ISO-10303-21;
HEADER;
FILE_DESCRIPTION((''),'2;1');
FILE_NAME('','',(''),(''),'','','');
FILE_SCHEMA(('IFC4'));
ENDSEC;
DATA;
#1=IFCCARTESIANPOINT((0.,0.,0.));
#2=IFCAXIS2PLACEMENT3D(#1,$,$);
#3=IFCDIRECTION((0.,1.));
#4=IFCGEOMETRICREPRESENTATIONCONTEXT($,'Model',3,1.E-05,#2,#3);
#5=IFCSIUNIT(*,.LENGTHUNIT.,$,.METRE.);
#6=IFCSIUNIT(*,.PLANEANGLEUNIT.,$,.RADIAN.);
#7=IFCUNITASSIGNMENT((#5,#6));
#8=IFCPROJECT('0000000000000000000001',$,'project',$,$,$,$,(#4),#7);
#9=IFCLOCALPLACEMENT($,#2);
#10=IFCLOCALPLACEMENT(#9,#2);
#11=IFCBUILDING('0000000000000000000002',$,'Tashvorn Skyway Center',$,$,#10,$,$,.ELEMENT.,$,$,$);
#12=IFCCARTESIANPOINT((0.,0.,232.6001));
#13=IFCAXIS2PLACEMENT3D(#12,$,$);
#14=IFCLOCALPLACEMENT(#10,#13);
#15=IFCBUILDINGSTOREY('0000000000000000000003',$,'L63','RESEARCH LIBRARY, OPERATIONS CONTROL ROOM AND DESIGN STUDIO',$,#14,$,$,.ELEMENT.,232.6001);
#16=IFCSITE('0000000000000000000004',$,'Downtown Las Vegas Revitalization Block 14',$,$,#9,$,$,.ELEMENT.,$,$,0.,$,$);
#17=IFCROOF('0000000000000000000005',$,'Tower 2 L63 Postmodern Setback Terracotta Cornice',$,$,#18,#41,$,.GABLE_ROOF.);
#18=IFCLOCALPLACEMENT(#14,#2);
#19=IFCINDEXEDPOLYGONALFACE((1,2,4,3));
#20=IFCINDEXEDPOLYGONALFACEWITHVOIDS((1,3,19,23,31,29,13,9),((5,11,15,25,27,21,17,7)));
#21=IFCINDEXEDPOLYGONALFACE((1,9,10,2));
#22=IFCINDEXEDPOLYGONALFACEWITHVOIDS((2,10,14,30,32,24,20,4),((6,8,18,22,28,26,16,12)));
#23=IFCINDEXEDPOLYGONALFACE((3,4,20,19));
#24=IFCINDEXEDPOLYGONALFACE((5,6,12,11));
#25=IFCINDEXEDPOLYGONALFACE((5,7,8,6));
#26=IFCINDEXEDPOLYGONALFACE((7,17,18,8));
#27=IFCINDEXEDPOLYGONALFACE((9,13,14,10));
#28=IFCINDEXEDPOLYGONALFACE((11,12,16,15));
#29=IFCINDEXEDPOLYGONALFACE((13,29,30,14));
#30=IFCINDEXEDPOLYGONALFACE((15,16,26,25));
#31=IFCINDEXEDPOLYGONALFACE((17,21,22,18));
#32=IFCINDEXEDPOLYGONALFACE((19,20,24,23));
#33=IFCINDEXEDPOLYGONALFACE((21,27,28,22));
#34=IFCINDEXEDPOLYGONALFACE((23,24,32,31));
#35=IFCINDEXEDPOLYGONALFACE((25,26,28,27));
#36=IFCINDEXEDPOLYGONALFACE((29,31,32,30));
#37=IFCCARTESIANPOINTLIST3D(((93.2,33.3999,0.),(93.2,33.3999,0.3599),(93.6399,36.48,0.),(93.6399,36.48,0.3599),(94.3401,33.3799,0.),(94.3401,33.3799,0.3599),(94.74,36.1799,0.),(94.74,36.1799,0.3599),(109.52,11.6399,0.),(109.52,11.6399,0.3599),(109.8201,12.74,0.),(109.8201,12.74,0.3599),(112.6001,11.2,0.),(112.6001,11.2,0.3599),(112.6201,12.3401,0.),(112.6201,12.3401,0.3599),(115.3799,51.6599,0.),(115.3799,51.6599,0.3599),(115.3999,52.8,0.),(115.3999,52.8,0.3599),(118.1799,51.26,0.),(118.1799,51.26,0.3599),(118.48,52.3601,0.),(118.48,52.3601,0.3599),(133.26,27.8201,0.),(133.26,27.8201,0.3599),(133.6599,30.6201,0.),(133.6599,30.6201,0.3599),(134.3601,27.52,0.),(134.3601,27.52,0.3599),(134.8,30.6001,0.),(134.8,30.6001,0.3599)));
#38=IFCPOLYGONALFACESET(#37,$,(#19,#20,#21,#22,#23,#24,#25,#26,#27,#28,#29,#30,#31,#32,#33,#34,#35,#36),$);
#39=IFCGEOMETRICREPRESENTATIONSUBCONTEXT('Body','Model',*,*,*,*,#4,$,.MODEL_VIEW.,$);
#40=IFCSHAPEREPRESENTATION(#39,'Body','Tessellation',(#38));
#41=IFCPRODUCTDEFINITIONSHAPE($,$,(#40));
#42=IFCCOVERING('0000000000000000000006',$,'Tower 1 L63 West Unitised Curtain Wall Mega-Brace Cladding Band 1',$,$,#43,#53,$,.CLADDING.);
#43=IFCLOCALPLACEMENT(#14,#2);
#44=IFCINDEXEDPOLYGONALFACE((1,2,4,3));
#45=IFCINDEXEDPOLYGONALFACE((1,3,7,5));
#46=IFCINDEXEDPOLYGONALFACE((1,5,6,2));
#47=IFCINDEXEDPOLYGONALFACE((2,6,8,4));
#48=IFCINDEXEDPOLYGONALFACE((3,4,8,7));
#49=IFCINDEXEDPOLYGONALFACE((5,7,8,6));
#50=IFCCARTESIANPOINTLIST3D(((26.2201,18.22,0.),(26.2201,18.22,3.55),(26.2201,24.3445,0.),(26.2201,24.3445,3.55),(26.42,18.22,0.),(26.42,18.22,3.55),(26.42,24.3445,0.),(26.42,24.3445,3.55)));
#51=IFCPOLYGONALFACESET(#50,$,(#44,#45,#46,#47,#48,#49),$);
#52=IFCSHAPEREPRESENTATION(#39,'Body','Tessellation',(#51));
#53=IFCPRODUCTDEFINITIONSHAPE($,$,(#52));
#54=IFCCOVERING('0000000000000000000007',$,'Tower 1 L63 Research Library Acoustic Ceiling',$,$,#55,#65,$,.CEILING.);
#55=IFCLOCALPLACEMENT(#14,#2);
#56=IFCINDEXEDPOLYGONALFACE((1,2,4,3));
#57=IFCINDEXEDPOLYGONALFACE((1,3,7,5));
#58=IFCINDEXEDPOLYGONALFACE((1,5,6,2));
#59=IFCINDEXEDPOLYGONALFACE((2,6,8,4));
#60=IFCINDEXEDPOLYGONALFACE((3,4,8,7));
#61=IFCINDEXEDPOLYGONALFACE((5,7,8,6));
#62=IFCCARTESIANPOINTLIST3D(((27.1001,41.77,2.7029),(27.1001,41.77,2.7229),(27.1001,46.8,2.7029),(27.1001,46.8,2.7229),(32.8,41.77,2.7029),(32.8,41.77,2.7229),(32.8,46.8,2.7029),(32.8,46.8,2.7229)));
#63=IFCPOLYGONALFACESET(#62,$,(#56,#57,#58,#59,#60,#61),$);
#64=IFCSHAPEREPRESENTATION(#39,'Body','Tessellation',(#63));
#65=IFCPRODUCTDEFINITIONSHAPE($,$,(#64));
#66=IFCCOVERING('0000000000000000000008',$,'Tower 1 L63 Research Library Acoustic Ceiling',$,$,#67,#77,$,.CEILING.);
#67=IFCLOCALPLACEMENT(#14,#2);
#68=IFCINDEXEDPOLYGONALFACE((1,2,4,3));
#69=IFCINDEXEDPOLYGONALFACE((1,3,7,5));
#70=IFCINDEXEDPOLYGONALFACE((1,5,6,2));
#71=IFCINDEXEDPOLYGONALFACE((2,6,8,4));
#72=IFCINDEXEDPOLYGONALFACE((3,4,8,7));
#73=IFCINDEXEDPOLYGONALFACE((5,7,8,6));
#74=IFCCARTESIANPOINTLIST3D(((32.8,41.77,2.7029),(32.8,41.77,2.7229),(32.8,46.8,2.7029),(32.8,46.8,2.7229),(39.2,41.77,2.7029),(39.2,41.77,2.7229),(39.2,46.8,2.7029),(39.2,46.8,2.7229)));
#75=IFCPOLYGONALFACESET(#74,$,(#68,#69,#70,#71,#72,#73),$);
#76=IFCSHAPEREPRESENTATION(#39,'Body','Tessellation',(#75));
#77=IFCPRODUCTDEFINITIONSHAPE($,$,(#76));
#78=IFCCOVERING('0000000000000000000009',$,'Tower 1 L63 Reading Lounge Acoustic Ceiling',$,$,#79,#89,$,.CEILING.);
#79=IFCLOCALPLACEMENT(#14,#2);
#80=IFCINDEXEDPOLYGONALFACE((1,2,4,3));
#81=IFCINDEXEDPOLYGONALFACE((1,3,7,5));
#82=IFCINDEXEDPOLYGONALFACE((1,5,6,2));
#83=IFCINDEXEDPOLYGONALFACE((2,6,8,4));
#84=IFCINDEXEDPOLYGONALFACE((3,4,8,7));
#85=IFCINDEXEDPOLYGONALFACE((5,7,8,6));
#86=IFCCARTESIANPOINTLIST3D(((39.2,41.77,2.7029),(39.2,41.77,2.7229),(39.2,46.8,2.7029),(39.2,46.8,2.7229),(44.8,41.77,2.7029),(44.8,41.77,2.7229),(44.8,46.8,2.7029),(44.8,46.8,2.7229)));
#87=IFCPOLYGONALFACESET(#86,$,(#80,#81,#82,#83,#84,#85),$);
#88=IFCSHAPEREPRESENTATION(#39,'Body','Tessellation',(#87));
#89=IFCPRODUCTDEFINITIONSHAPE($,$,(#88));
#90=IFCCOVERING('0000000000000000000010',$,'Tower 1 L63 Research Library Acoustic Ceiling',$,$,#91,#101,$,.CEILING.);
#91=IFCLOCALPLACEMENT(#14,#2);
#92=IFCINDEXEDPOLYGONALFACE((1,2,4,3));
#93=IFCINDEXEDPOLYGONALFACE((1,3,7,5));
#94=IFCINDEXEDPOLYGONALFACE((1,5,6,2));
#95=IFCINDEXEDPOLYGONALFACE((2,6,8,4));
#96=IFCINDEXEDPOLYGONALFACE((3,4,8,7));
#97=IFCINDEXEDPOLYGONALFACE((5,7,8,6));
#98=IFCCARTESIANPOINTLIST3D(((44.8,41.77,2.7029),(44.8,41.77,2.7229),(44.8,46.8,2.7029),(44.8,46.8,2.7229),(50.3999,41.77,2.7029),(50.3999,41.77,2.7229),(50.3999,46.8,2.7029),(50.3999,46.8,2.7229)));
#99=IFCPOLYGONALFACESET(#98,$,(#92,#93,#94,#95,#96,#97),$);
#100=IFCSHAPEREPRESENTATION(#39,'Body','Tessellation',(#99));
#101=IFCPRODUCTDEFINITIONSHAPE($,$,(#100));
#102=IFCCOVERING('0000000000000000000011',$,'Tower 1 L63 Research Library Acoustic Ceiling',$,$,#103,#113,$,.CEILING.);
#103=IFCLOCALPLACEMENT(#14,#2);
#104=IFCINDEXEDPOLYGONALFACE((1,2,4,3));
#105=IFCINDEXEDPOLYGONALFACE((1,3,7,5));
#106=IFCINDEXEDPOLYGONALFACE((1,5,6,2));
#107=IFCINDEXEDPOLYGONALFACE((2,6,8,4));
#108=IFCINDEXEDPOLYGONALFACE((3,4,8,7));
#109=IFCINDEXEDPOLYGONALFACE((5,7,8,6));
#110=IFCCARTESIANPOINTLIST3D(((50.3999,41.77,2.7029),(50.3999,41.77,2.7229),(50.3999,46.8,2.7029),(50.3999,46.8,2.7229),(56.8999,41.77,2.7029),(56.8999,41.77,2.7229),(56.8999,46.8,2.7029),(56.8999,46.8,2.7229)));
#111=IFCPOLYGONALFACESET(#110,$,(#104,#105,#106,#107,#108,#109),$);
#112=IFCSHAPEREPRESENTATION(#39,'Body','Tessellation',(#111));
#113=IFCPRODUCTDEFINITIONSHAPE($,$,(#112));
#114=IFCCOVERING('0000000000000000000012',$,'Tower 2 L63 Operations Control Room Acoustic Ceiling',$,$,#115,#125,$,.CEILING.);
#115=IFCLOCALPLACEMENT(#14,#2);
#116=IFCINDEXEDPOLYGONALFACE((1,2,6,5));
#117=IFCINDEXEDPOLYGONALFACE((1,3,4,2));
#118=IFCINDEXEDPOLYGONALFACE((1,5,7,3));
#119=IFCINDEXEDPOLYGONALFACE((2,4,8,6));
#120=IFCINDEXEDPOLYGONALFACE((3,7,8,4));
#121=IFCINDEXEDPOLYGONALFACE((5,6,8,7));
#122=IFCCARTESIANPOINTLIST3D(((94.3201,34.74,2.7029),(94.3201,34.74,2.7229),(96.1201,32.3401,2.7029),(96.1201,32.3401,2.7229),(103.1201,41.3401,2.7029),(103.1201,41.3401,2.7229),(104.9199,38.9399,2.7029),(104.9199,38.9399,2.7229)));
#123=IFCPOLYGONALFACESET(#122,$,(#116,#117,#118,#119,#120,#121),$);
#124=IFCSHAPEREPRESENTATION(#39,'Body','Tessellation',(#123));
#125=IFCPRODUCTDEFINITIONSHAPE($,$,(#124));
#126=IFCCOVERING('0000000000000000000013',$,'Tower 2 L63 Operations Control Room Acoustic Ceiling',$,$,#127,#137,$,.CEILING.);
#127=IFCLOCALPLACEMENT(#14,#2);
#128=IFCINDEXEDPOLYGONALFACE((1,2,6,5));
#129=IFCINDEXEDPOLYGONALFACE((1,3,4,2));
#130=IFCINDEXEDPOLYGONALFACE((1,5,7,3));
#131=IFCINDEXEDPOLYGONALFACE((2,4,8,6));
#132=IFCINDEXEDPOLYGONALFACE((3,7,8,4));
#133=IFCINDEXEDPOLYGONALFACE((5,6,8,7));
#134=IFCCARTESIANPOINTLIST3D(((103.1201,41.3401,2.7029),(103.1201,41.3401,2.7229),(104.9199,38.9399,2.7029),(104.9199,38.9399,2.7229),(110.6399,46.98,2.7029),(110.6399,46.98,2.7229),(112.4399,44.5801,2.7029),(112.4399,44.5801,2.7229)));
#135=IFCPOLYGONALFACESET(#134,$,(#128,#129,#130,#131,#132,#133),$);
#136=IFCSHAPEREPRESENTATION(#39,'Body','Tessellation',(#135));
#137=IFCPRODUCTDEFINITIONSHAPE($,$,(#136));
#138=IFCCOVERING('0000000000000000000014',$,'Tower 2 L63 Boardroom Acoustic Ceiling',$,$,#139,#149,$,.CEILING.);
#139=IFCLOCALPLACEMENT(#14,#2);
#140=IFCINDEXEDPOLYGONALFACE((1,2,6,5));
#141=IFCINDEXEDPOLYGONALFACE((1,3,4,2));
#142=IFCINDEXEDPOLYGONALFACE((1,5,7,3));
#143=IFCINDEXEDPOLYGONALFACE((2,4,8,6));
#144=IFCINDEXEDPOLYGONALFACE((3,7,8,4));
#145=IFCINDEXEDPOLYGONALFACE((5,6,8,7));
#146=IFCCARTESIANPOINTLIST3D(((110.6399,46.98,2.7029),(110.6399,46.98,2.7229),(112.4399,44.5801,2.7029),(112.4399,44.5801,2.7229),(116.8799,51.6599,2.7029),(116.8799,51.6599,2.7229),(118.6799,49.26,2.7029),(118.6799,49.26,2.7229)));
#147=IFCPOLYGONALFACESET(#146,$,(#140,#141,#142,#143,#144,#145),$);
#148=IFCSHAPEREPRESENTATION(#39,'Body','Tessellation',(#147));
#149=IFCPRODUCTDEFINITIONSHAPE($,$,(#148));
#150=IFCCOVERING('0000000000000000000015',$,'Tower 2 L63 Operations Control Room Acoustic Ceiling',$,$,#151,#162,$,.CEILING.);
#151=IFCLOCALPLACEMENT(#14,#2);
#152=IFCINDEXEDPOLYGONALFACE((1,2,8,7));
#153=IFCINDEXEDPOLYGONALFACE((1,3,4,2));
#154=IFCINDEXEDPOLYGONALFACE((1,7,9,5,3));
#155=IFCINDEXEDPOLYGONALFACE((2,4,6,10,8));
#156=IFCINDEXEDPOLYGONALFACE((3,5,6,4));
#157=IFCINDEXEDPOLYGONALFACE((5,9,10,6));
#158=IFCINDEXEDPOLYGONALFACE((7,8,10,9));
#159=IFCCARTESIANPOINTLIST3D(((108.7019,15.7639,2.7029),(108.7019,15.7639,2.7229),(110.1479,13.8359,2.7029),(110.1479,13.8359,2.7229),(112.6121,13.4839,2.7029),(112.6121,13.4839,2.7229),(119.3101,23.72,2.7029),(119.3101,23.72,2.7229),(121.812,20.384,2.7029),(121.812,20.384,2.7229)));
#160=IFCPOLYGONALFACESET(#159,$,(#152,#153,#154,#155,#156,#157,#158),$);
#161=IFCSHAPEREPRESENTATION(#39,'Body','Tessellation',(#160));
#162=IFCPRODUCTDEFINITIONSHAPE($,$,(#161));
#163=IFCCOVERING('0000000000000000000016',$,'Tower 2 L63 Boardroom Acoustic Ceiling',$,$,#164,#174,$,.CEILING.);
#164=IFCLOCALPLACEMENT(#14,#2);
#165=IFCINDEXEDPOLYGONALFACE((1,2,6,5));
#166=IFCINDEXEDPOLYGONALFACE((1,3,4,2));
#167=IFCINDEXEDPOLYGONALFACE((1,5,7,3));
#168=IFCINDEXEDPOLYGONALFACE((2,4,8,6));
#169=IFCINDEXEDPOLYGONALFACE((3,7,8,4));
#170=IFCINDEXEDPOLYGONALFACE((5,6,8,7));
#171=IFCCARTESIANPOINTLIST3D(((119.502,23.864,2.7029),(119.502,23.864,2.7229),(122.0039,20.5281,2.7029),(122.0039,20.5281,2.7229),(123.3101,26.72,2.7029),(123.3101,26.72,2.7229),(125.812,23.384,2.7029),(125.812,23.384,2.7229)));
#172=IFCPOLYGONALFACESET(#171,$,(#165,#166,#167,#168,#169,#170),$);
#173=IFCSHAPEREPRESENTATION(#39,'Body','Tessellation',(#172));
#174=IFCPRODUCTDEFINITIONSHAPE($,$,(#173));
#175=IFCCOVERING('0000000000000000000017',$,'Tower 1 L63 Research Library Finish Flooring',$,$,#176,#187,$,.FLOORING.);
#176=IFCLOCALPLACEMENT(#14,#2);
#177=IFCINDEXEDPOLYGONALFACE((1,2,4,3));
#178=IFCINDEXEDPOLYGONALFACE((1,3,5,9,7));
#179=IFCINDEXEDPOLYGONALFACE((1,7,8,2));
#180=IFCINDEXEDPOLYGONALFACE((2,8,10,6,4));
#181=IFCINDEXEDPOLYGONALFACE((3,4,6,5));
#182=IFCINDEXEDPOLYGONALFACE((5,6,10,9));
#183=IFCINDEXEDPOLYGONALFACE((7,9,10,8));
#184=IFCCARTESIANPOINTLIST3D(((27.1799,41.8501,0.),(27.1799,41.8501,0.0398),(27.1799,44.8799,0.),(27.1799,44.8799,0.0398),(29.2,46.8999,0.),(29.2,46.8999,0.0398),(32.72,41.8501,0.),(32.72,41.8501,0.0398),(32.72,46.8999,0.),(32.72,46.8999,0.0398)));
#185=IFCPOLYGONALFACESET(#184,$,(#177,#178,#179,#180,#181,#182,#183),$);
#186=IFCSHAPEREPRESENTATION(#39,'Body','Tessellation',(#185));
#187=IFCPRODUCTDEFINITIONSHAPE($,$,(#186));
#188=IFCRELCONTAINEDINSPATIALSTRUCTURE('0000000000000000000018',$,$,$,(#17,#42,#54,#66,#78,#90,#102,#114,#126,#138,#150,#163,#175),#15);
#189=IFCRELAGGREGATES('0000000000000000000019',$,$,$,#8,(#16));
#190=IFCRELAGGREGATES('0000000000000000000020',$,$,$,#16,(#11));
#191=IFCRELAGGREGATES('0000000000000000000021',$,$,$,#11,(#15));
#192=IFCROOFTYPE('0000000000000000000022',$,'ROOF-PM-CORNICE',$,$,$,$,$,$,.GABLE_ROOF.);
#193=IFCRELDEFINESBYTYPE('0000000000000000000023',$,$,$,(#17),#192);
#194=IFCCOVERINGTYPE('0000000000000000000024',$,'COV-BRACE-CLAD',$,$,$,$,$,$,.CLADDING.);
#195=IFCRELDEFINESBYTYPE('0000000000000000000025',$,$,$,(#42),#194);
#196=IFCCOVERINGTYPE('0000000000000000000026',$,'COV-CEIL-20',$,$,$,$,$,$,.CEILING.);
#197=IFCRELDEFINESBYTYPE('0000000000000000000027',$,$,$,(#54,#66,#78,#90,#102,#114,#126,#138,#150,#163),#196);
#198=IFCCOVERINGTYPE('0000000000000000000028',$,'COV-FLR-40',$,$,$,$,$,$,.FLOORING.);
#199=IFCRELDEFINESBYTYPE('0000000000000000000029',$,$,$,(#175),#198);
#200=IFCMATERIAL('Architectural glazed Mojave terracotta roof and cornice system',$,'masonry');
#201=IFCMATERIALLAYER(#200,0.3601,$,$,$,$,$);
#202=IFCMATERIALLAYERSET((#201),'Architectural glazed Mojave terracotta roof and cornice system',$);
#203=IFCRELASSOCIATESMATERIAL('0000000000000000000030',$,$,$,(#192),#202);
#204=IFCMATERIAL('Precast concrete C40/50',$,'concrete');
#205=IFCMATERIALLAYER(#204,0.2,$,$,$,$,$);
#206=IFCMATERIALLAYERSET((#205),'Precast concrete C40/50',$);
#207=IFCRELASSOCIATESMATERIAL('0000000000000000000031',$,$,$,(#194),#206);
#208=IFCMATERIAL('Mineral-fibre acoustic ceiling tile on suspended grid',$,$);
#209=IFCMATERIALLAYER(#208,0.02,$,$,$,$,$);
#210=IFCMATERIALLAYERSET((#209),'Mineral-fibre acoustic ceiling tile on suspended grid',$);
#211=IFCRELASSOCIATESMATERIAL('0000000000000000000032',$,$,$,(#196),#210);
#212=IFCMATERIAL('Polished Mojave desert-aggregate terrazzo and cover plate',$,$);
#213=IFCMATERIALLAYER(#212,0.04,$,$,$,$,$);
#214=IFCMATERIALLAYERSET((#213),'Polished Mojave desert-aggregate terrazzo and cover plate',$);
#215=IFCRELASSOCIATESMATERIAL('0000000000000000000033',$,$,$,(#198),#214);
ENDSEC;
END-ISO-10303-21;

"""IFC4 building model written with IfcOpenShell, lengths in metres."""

from ifc_helpers import new_model, si_unit, direction, frame, origin, origin_2d, place, context, subcontext, project, spatial, polyline, rectangle, outline, extrude, material, layer, layer_set, type_object, element, save


model = new_model("IFC4")

# Units and contexts
model_context = context("Model", 3, precision=1e-05, world=origin(), true_north=direction((0.0, 1.0)))
body_context = subcontext(model_context, "Body", "Model", "MODEL_VIEW")
ifc_project = project(units=[si_unit("LENGTHUNIT", "METRE"), si_unit("PLANEANGLEUNIT", "RADIAN")], contexts=[model_context])

# Site, building, storey
site_placement = place(None, origin())
site = spatial("IfcSite", under=ifc_project, at=site_placement, Name="Downtown Las Vegas Revitalization Block 14", CompositionType="ELEMENT", RefElevation=0.0)
building_placement = place(site_placement, origin())
building = spatial("IfcBuilding", under=site, at=building_placement, Name="Tashvorn Skyway Center", CompositionType="ELEMENT")
storey_placement = place(building_placement, frame((0.0, 0.0, 232.6001)))
storey = spatial("IfcBuildingStorey", under=building, at=storey_placement, Name="L63", Description="RESEARCH LIBRARY, OPERATIONS CONTROL ROOM AND DESIGN STUDIO", CompositionType="ELEMENT", Elevation=232.6001)

# Roof
ifc_material_1 = material(Name="Architectural glazed Mojave terracotta roof and cornice system", Category="masonry")
ifc_layer_1 = layer(ifc_material_1, 0.3601)
ifc_layer_set_1 = layer_set([ifc_layer_1], Name="Architectural glazed Mojave terracotta roof and cornice system")
roof_type = type_object("IfcRoofType", Name="ROOF-PM-CORNICE", PredefinedType="GABLE_ROOF", material=ifc_layer_set_1)
roof_1_placement = place(storey_placement, origin())
element("IfcRoof", 1, at=roof_1_placement, inside=storey, type_object=roof_type, Name="Tower 2 L63 Postmodern Setback Terracotta Cornice", PredefinedType="GABLE_ROOF", context=body_context, shape_type="SweptSolid", body=[
    extrude(outline(polyline([(112.6001, 11.2), (134.3601, 27.52), (134.8, 30.6001), (118.48, 52.3601), (115.3999, 52.8), (93.6399, 36.48), (93.2, 33.3999), (109.52, 11.6399), (112.6001, 11.2)]), holes=[polyline([(112.6201, 12.3401), (133.26, 27.8201), (133.6599, 30.6201), (118.1799, 51.26), (115.3799, 51.6599), (94.74, 36.1799), (94.3401, 33.3799), (109.8201, 12.74), (112.6201, 12.3401)])]), origin(), (0.0, 0.0, 1.0), 0.3599),
])

# Coverings
ifc_material_2 = material(Name="Precast concrete C40/50", Category="concrete")
ifc_layer_2 = layer(ifc_material_2, 0.2)
ifc_layer_set_2 = layer_set([ifc_layer_2], Name="Precast concrete C40/50")
covering_type_1 = type_object("IfcCoveringType", Name="COV-BRACE-CLAD", PredefinedType="CLADDING", material=ifc_layer_set_2)
covering_1_placement = place(storey_placement, frame((26.3201, 21.2822, 0.0), z_axis=(0.0, 0.0, 1.0), x_axis=(0.0, 1.0, 0.0)))
element("IfcCovering", 2, at=covering_1_placement, inside=storey, type_object=covering_type_1, Name="Tower 1 L63 West Unitised Curtain Wall Mega-Brace Cladding Band 1", PredefinedType="CLADDING", context=body_context, shape_type="SweptSolid", body=[
    extrude(rectangle(XDim=6.1245, YDim=0.2, at=origin_2d()), origin(), (0.0, 0.0, 1.0), 3.55),
])
ifc_material_3 = material(Name="Mineral-fibre acoustic ceiling tile on suspended grid")
ifc_layer_3 = layer(ifc_material_3, 0.02)
ifc_layer_set_3 = layer_set([ifc_layer_3], Name="Mineral-fibre acoustic ceiling tile on suspended grid")
covering_type_2 = type_object("IfcCoveringType", Name="COV-CEIL-20", PredefinedType="CEILING", material=ifc_layer_set_3)
covering_2_placement = place(storey_placement, frame((0.0, 0.0, 2.7029)))
element("IfcCovering", 3, at=covering_2_placement, inside=storey, type_object=covering_type_2, Name="Tower 1 L63 Research Library Acoustic Ceiling", PredefinedType="CEILING", context=body_context, shape_type="SweptSolid", body=[
    extrude(outline(polyline([(27.1001, 41.77), (32.8, 41.77), (32.8, 46.8), (27.1001, 46.8), (27.1001, 41.77)])), origin(), (0.0, 0.0, 1.0), 0.02),
])
covering_3_placement = place(storey_placement, frame((0.0, 0.0, 2.7029)))
element("IfcCovering", 4, at=covering_3_placement, inside=storey, type_object=covering_type_2, Name="Tower 1 L63 Research Library Acoustic Ceiling", PredefinedType="CEILING", context=body_context, shape_type="SweptSolid", body=[
    extrude(outline(polyline([(32.8, 41.77), (39.2, 41.77), (39.2, 46.8), (32.8, 46.8), (32.8, 41.77)])), origin(), (0.0, 0.0, 1.0), 0.02),
])
covering_4_placement = place(storey_placement, frame((0.0, 0.0, 2.7029)))
element("IfcCovering", 5, at=covering_4_placement, inside=storey, type_object=covering_type_2, Name="Tower 1 L63 Reading Lounge Acoustic Ceiling", PredefinedType="CEILING", context=body_context, shape_type="SweptSolid", body=[
    extrude(outline(polyline([(39.2, 41.77), (44.8, 41.77), (44.8, 46.8), (39.2, 46.8), (39.2, 41.77)])), origin(), (0.0, 0.0, 1.0), 0.02),
])
covering_5_placement = place(storey_placement, frame((0.0, 0.0, 2.7029)))
element("IfcCovering", 6, at=covering_5_placement, inside=storey, type_object=covering_type_2, Name="Tower 1 L63 Research Library Acoustic Ceiling", PredefinedType="CEILING", context=body_context, shape_type="SweptSolid", body=[
    extrude(outline(polyline([(44.8, 41.77), (50.3999, 41.77), (50.3999, 46.8), (44.8, 46.8), (44.8, 41.77)])), origin(), (0.0, 0.0, 1.0), 0.02),
])
covering_6_placement = place(storey_placement, frame((0.0, 0.0, 2.7029)))
element("IfcCovering", 7, at=covering_6_placement, inside=storey, type_object=covering_type_2, Name="Tower 1 L63 Research Library Acoustic Ceiling", PredefinedType="CEILING", context=body_context, shape_type="SweptSolid", body=[
    extrude(outline(polyline([(50.3999, 41.77), (56.8999, 41.77), (56.8999, 46.8), (50.3999, 46.8), (50.3999, 41.77)])), origin(), (0.0, 0.0, 1.0), 0.02),
])
covering_7_placement = place(storey_placement, frame((0.0, 0.0, 2.7029)))
element("IfcCovering", 8, at=covering_7_placement, inside=storey, type_object=covering_type_2, Name="Tower 2 L63 Operations Control Room Acoustic Ceiling", PredefinedType="CEILING", context=body_context, shape_type="SweptSolid", body=[
    extrude(outline(polyline([(96.1201, 32.3401), (104.9199, 38.9399), (103.1201, 41.3401), (94.3201, 34.74), (96.1201, 32.3401)])), origin(), (0.0, 0.0, 1.0), 0.02),
])
covering_8_placement = place(storey_placement, frame((0.0, 0.0, 2.7029)))
element("IfcCovering", 9, at=covering_8_placement, inside=storey, type_object=covering_type_2, Name="Tower 2 L63 Operations Control Room Acoustic Ceiling", PredefinedType="CEILING", context=body_context, shape_type="SweptSolid", body=[
    extrude(outline(polyline([(104.9199, 38.9399), (112.4399, 44.5801), (110.6399, 46.98), (103.1201, 41.3401), (104.9199, 38.9399)])), origin(), (0.0, 0.0, 1.0), 0.02),
])
covering_9_placement = place(storey_placement, frame((0.0, 0.0, 2.7029)))
element("IfcCovering", 10, at=covering_9_placement, inside=storey, type_object=covering_type_2, Name="Tower 2 L63 Boardroom Acoustic Ceiling", PredefinedType="CEILING", context=body_context, shape_type="SweptSolid", body=[
    extrude(outline(polyline([(112.4399, 44.5801), (118.6799, 49.26), (116.8799, 51.6599), (110.6399, 46.98), (112.4399, 44.5801)])), origin(), (0.0, 0.0, 1.0), 0.02),
])
covering_10_placement = place(storey_placement, frame((0.0, 0.0, 2.7029)))
element("IfcCovering", 11, at=covering_10_placement, inside=storey, type_object=covering_type_2, Name="Tower 2 L63 Operations Control Room Acoustic Ceiling", PredefinedType="CEILING", context=body_context, shape_type="SweptSolid", body=[
    extrude(outline(polyline([(108.7019, 15.7639), (119.3101, 23.72), (121.812, 20.384), (112.6121, 13.4839), (110.1479, 13.8359), (108.7019, 15.7639)])), origin(), (0.0, 0.0, 1.0), 0.02),
])
covering_11_placement = place(storey_placement, frame((0.0, 0.0, 2.7029)))
element("IfcCovering", 12, at=covering_11_placement, inside=storey, type_object=covering_type_2, Name="Tower 2 L63 Boardroom Acoustic Ceiling", PredefinedType="CEILING", context=body_context, shape_type="SweptSolid", body=[
    extrude(outline(polyline([(119.502, 23.864), (123.3101, 26.72), (125.812, 23.384), (122.0039, 20.5281), (119.502, 23.864)])), origin(), (0.0, 0.0, 1.0), 0.02),
])
ifc_material_4 = material(Name="Polished Mojave desert-aggregate terrazzo and cover plate")
ifc_layer_4 = layer(ifc_material_4, 0.04)
ifc_layer_set_4 = layer_set([ifc_layer_4], Name="Polished Mojave desert-aggregate terrazzo and cover plate")
covering_type_3 = type_object("IfcCoveringType", Name="COV-FLR-40", PredefinedType="FLOORING", material=ifc_layer_set_4)
covering_12_placement = place(storey_placement, origin())
element("IfcCovering", 13, at=covering_12_placement, inside=storey, type_object=covering_type_3, Name="Tower 1 L63 Research Library Finish Flooring", PredefinedType="FLOORING", context=body_context, shape_type="SweptSolid", body=[
    extrude(outline(polyline([(32.72, 41.8501), (27.1799, 41.8501), (27.1799, 44.8799), (29.2, 46.8999), (32.72, 46.8999), (32.72, 41.8501)])), origin(), (0.0, 0.0, 1.0), 0.0398),
])

save(model, "model.ifc")
